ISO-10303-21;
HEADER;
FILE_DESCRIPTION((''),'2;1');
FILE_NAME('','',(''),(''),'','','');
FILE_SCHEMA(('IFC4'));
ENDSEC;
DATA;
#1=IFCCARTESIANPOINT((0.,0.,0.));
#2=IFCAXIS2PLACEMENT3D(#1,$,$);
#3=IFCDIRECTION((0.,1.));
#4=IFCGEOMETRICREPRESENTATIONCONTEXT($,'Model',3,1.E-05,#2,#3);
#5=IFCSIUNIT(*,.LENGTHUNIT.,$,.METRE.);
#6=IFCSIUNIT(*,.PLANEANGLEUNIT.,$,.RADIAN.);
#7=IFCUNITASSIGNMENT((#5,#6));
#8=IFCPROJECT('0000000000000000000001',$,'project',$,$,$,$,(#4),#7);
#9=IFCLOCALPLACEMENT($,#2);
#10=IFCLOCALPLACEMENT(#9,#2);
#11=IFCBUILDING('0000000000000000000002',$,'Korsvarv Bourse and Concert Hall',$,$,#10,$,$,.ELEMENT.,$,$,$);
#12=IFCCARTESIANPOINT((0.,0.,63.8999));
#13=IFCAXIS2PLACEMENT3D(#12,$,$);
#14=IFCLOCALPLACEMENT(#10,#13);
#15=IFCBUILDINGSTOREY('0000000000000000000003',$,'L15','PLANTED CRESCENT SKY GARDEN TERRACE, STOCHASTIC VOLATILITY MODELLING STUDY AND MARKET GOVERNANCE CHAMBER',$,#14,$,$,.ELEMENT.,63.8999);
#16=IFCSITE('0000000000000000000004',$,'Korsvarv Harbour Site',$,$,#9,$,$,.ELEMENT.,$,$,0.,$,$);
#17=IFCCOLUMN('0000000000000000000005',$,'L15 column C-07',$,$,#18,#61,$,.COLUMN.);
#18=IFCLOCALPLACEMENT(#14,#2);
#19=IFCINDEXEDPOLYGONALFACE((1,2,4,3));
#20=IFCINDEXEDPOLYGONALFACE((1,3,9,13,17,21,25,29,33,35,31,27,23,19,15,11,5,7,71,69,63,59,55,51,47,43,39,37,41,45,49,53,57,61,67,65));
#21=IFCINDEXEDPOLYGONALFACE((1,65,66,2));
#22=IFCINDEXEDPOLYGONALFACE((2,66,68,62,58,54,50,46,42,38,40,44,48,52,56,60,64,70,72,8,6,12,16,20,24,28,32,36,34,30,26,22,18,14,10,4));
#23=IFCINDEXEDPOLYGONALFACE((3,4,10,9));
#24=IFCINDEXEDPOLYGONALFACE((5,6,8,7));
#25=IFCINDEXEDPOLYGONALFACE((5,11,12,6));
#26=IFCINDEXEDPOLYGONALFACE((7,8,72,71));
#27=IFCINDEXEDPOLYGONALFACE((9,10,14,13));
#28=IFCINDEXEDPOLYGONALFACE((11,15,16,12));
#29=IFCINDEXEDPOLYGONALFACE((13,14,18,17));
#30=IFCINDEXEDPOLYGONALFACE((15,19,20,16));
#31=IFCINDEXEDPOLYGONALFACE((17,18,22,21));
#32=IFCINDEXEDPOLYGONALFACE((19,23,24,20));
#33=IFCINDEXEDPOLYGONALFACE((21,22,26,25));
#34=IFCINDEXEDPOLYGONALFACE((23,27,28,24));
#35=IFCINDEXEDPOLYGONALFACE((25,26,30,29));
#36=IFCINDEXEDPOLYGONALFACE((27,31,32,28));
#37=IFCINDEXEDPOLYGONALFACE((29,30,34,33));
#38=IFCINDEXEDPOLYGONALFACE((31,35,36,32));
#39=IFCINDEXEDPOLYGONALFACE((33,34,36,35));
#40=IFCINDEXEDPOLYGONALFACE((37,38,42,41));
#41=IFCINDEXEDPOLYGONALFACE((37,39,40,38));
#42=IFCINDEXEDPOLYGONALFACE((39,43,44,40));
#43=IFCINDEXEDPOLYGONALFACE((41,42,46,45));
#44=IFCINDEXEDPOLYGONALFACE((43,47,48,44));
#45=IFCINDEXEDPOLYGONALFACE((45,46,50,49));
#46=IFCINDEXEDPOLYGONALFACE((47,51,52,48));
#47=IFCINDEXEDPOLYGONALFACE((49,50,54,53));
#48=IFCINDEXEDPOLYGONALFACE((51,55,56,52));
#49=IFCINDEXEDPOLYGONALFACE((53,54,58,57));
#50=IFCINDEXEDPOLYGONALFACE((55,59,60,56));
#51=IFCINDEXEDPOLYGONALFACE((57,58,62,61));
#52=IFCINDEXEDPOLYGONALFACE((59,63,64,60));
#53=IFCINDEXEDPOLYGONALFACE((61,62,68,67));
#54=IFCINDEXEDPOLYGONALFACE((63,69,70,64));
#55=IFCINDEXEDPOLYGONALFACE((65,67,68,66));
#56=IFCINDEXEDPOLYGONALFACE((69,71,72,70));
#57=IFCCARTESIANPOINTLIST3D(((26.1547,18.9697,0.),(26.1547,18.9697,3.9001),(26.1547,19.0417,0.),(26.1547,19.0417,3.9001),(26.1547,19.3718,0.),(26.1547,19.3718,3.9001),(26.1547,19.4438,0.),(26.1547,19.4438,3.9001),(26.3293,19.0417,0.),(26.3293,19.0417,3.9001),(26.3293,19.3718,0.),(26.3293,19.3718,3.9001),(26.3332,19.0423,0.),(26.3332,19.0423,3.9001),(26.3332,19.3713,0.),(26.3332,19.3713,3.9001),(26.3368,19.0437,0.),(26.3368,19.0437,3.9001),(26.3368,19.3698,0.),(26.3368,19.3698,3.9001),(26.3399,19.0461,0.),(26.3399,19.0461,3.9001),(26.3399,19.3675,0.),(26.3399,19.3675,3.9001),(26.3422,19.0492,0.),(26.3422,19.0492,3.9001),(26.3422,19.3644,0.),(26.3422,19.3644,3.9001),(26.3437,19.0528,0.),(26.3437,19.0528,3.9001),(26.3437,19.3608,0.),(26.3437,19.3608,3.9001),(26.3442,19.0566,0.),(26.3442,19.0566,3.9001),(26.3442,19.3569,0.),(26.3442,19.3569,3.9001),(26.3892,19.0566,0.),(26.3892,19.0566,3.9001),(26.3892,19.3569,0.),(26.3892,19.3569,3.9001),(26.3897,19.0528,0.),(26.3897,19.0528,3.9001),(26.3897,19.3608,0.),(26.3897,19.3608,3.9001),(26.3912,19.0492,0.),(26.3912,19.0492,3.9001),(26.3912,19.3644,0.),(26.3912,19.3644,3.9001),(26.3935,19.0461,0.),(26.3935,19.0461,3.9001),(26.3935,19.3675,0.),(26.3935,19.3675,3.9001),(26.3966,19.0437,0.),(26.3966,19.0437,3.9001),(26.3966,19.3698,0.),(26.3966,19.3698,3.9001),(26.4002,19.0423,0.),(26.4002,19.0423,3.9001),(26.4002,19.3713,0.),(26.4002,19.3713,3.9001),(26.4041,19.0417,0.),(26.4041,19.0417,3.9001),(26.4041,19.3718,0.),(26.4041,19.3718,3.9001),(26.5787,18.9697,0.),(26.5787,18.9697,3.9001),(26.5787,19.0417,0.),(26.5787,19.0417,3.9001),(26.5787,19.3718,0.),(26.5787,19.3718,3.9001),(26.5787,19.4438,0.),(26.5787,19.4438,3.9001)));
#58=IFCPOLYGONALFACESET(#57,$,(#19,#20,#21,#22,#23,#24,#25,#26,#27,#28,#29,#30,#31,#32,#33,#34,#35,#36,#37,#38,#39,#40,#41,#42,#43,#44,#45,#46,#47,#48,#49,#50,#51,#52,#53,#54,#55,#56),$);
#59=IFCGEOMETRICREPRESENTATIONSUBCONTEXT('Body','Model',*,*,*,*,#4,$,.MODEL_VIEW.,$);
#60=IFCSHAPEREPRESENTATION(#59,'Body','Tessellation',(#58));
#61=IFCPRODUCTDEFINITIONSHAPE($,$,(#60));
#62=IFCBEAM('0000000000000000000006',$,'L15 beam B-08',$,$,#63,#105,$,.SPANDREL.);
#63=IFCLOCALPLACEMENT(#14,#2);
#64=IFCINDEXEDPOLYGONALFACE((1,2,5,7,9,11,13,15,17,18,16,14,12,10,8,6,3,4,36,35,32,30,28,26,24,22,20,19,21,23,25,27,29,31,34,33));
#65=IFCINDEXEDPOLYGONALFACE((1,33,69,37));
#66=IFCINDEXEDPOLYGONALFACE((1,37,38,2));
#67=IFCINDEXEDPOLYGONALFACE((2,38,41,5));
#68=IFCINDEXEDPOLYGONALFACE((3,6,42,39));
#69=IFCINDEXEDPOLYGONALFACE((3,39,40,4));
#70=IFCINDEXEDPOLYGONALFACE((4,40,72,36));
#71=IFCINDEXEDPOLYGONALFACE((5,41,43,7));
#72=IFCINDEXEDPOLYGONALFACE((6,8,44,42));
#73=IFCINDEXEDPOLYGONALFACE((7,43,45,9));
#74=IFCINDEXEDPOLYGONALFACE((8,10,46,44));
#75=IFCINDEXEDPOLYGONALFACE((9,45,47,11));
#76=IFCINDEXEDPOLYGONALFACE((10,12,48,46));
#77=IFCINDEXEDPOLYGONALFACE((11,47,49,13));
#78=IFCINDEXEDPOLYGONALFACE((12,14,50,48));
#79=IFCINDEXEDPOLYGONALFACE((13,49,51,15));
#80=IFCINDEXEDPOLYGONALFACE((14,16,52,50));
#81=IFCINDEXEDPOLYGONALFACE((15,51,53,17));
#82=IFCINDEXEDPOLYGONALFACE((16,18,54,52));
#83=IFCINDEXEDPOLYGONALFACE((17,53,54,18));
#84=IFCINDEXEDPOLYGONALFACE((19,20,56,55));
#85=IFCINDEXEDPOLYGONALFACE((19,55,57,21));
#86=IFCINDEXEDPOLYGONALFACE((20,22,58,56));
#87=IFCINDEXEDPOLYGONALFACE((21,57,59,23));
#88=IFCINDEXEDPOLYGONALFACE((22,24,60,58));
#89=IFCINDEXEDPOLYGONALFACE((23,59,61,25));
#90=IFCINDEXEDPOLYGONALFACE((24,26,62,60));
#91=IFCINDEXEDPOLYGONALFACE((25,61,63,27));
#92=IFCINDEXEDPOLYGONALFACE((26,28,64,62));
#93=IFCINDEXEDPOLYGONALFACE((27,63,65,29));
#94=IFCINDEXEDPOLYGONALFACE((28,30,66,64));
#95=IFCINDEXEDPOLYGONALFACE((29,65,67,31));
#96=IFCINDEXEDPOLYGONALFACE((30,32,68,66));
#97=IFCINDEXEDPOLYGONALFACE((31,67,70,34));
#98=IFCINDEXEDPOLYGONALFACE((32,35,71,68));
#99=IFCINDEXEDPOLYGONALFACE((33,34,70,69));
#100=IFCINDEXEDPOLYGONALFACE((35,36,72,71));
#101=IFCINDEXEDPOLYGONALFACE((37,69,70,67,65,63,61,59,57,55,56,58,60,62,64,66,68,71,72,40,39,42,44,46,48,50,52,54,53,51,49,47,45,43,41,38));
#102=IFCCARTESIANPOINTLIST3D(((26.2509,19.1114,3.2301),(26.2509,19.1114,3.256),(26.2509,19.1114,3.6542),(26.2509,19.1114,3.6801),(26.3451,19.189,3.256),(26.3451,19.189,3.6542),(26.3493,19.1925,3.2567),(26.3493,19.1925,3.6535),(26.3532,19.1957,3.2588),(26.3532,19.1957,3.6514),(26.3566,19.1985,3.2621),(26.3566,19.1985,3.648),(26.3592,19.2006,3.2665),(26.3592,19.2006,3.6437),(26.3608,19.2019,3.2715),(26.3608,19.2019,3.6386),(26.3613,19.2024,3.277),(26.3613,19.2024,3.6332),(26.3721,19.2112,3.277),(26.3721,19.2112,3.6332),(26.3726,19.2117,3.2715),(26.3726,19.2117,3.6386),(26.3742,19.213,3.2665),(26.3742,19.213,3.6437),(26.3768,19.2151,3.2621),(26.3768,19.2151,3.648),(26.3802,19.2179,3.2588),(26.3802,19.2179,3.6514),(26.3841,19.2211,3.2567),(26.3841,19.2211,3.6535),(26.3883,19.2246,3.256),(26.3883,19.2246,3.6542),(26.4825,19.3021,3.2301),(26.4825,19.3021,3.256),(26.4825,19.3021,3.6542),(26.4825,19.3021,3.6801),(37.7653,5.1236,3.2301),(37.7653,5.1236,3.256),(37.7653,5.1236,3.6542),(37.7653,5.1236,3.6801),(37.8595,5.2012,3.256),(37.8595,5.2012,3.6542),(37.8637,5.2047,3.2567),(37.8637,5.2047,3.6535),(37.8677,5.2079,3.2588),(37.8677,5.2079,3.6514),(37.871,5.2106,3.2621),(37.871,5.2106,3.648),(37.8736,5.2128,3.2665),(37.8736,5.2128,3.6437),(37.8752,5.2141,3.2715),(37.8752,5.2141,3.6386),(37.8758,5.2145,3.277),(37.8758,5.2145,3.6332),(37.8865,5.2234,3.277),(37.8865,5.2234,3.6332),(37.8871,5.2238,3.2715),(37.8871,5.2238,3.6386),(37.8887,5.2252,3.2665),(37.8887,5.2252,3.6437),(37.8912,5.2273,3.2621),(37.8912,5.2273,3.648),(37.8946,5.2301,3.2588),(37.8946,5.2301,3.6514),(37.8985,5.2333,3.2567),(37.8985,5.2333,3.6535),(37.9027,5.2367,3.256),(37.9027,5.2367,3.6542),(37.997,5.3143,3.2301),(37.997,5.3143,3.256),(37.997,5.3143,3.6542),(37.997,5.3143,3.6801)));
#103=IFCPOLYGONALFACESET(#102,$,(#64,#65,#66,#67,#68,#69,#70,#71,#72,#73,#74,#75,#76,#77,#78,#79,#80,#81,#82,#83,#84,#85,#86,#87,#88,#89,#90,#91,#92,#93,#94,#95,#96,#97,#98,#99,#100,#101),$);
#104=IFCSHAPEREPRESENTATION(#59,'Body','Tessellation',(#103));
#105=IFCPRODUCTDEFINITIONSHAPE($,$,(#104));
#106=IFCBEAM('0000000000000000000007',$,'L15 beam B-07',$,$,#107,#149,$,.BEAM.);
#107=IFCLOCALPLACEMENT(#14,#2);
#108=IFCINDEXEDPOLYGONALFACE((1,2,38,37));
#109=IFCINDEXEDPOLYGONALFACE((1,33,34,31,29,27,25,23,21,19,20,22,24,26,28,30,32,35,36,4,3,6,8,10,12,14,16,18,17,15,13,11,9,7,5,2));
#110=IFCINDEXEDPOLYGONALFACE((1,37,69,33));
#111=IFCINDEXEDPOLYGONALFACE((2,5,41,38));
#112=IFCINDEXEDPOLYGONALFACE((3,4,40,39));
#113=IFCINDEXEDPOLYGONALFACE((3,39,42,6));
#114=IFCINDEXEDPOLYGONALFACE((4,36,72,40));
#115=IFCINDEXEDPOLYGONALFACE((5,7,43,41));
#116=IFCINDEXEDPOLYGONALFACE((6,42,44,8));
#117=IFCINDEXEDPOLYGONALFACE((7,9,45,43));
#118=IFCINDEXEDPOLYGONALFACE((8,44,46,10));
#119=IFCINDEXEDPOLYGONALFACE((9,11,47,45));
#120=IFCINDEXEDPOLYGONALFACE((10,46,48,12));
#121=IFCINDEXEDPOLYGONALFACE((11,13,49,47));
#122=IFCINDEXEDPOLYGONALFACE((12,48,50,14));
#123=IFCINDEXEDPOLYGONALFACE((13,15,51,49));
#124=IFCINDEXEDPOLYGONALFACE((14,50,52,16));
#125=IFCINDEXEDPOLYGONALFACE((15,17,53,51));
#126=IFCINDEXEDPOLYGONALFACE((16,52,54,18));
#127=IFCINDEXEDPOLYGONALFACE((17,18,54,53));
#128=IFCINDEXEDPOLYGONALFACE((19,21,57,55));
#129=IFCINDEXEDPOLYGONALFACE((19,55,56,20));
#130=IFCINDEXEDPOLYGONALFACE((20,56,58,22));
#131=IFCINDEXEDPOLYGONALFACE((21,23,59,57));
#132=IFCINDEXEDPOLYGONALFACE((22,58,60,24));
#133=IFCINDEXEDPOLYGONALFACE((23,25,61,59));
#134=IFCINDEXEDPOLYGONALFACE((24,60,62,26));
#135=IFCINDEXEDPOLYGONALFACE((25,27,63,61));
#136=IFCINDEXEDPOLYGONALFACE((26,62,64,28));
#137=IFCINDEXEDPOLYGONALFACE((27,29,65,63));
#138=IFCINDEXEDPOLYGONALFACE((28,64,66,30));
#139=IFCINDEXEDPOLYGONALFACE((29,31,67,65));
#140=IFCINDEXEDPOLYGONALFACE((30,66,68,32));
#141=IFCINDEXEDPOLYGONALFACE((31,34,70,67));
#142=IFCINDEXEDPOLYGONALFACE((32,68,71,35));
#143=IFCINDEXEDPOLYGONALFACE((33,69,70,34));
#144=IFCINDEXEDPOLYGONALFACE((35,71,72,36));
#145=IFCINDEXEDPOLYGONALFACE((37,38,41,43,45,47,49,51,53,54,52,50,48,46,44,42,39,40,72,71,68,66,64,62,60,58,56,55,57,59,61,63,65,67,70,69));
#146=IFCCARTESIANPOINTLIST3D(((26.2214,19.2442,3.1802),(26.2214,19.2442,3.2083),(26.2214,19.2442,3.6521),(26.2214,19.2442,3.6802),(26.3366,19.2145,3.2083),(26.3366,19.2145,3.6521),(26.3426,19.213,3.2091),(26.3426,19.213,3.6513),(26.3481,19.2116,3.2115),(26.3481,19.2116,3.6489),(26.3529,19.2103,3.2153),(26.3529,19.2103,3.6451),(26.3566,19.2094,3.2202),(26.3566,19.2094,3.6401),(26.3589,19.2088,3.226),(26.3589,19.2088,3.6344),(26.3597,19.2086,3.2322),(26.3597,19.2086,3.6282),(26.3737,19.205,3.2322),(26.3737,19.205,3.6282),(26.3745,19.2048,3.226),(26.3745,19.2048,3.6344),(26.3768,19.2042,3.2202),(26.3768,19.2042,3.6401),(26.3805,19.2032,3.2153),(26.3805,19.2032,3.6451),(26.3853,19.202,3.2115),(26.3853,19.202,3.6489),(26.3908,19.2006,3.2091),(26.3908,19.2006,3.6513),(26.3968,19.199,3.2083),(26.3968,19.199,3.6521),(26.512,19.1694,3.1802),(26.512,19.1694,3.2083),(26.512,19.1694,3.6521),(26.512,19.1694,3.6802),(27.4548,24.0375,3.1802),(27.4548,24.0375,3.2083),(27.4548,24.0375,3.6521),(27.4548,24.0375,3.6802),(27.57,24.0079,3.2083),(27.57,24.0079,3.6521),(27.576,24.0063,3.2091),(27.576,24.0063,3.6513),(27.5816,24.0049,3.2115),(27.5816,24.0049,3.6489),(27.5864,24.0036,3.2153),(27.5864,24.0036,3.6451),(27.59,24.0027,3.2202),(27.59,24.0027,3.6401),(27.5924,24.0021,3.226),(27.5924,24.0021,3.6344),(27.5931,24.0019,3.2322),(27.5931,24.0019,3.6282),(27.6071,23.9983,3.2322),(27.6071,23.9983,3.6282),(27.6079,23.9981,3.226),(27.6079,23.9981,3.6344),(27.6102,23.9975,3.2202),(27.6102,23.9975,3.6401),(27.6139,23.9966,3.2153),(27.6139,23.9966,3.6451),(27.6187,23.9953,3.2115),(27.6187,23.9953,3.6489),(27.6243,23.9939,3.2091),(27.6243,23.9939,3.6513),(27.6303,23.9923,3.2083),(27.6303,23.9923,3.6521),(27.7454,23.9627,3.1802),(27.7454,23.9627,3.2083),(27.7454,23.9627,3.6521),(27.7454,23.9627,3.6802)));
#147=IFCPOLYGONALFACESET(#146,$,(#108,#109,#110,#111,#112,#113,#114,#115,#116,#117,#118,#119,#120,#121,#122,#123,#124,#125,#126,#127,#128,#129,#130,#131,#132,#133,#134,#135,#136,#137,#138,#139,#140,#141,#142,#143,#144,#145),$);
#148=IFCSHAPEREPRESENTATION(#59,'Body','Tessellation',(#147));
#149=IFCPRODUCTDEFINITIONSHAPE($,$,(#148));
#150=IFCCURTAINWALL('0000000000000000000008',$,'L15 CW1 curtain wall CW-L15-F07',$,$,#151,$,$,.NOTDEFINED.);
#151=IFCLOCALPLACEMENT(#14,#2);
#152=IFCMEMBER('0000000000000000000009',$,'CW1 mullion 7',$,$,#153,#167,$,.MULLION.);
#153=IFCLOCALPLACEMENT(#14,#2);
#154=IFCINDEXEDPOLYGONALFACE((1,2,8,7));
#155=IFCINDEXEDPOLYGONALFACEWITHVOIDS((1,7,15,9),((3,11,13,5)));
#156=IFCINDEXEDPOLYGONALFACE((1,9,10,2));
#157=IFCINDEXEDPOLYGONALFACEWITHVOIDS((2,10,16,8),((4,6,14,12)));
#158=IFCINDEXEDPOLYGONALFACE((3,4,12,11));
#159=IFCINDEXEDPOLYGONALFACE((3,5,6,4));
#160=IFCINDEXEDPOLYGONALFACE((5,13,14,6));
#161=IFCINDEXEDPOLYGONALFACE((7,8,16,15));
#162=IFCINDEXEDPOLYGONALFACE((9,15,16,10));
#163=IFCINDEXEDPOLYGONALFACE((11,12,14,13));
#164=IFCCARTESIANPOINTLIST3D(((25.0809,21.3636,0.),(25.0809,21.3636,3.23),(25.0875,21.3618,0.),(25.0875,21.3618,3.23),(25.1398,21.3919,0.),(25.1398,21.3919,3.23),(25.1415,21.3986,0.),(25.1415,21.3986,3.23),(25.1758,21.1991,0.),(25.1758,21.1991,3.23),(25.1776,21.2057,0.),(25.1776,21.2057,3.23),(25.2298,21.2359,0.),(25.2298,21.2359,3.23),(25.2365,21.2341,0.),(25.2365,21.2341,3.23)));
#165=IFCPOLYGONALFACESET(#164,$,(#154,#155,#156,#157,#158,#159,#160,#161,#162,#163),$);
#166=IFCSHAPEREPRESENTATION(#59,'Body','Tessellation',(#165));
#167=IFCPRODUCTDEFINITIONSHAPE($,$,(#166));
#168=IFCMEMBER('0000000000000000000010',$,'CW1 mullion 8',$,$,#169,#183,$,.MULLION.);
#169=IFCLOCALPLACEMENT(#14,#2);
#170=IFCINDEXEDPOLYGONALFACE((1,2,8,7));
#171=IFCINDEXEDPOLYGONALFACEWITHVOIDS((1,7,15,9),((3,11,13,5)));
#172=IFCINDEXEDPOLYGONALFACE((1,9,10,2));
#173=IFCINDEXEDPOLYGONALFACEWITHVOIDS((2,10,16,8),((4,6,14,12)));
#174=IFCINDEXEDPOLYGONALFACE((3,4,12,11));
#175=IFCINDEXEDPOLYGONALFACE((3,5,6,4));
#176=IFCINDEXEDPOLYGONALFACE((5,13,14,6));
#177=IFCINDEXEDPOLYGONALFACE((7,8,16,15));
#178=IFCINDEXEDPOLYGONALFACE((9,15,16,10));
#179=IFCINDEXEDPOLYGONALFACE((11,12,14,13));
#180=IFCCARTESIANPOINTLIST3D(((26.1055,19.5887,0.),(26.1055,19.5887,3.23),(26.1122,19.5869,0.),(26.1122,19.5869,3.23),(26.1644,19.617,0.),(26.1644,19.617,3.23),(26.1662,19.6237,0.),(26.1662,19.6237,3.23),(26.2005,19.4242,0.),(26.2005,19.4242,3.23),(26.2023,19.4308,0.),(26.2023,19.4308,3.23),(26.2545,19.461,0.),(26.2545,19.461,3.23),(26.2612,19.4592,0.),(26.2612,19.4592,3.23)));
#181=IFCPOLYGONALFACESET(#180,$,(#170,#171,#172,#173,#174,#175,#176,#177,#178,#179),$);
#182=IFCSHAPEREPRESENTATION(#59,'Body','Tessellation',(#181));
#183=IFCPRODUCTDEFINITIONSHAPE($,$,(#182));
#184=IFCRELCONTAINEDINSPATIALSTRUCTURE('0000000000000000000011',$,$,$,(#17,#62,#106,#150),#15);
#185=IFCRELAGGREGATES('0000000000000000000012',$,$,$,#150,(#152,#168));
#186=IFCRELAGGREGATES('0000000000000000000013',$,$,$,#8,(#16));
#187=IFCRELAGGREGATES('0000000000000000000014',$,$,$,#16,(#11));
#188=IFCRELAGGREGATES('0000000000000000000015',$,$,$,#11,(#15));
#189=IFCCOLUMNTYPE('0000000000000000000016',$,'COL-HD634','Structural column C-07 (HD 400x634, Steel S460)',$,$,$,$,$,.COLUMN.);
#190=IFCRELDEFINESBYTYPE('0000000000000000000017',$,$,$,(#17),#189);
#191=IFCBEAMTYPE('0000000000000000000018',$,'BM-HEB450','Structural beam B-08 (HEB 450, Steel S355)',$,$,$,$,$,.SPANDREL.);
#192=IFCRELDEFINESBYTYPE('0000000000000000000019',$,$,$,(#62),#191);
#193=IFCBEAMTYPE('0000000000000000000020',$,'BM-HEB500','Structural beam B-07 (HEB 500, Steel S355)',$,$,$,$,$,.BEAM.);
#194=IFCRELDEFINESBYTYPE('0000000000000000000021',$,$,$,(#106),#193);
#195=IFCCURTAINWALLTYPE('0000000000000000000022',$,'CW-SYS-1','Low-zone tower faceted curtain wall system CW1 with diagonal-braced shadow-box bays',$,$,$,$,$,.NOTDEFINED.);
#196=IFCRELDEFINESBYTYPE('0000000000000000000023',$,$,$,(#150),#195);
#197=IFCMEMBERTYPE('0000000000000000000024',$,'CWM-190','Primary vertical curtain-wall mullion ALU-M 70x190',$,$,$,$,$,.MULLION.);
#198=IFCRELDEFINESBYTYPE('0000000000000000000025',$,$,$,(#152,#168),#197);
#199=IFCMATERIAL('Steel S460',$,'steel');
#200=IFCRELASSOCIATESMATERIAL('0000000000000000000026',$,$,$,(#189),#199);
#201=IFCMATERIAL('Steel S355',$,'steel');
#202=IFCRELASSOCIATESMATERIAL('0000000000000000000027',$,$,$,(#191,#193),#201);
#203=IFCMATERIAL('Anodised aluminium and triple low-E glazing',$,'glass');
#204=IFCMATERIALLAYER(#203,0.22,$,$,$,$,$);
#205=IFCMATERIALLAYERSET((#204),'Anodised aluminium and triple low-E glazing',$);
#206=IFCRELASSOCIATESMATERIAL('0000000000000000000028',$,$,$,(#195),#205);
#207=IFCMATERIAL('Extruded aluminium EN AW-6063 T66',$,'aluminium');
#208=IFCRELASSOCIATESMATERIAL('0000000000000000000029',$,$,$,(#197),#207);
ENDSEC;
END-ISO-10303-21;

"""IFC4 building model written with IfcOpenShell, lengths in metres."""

from ifc_helpers import new_model, si_unit, direction, frame, origin, origin_2d, place, context, subcontext, project, spatial, hollow_rectangle, i_section, extrude, source, transform, mapped, material, layer, layer_set, material_profile, profile_set, type_object, element, aggregate, save


model = new_model("IFC4")

# Units and contexts
model_context = context("Model", 3, precision=1e-05, world=origin(), true_north=direction((0.0, 1.0)))
body_context = subcontext(model_context, "Body", "Model", "MODEL_VIEW")
ifc_project = project(units=[si_unit("LENGTHUNIT", "METRE"), si_unit("PLANEANGLEUNIT", "RADIAN")], contexts=[model_context])

# Site, building, storey
site_placement = place(None, origin())
site = spatial("IfcSite", under=ifc_project, at=site_placement, Name="Korsvarv Harbour Site", CompositionType="ELEMENT", RefElevation=0.0)
building_placement = place(site_placement, origin())
building = spatial("IfcBuilding", under=site, at=building_placement, Name="Korsvarv Bourse and Concert Hall", CompositionType="ELEMENT")
storey_placement = place(building_placement, frame((0.0, 0.0, 63.8999)))
storey = spatial("IfcBuildingStorey", under=building, at=storey_placement, Name="L15", Description="PLANTED CRESCENT SKY GARDEN TERRACE, STOCHASTIC VOLATILITY MODELLING STUDY AND MARKET GOVERNANCE CHAMBER", CompositionType="ELEMENT", Elevation=63.8999)

# Column
ifc_material_1 = material(Name="Steel S460", Category="steel")
ifc_material_profile_1 = material_profile(ifc_material_1, i_section(OverallWidth=0.4241, OverallDepth=0.4741, WebThickness=0.0449, FlangeThickness=0.072, FilletRadius=0.0149, at=origin_2d()), Name="HD 400x634")
ifc_profile_set_1 = profile_set([ifc_material_profile_1], Name="Steel S460")
column_type = type_object("IfcColumnType", Name="COL-HD634", Description="Structural column C-07 (HD 400x634, Steel S460)", PredefinedType="COLUMN", material=ifc_profile_set_1)
shared_shape_1 = source(origin(), body_context, "Body", "SweptSolid", [
    extrude(i_section(OverallWidth=0.4241, OverallDepth=0.4741, WebThickness=0.0449, FlangeThickness=0.072, FilletRadius=0.0149, at=origin_2d()), origin(), (0.0, 0.0, 1.0), 3.9001),
])
column_placement = place(storey_placement, frame((26.3667, 19.2068, 0.0), z_axis=(0.0, 0.0, 1.0), x_axis=(1.0, 0.0, 0.0)))
element("IfcColumn", 1, at=column_placement, inside=storey, type_object=column_type, Name="L15 column C-07", PredefinedType="COLUMN", context=body_context, shape_type="MappedRepresentation", body=[
    mapped(shared_shape_1, transform((0.0, 0.0, 0.0), scale=1.0)),
])

# Beams
ifc_material_2 = material(Name="Steel S355", Category="steel")
ifc_material_profile_2 = material_profile(ifc_material_2, i_section(OverallWidth=0.3, OverallDepth=0.45, WebThickness=0.0139, FlangeThickness=0.0259, FilletRadius=0.021, at=origin_2d()), Name="HEB 450")
ifc_profile_set_2 = profile_set([ifc_material_profile_2], Name="Steel S355")
beam_type_1 = type_object("IfcBeamType", Name="BM-HEB450", Description="Structural beam B-08 (HEB 450, Steel S355)", PredefinedType="SPANDREL", material=ifc_profile_set_2)
shared_shape_2 = source(origin(), body_context, "Body", "SweptSolid", [
    extrude(i_section(OverallWidth=0.3, OverallDepth=0.45, WebThickness=0.0139, FlangeThickness=0.0259, FilletRadius=0.021, at=origin_2d()), origin(), (0.0, 0.0, 1.0), 18.1174),
])
beam_1_placement = place(storey_placement, frame((26.3667, 19.2068, 3.4551), z_axis=(0.635544, -0.772064, 0.0), x_axis=(0.772064, 0.635544, 0.0)))
element("IfcBeam", 2, at=beam_1_placement, inside=storey, type_object=beam_type_1, Name="L15 beam B-08", PredefinedType="SPANDREL", context=body_context, shape_type="MappedRepresentation", body=[
    mapped(shared_shape_2, transform((0.0, 0.0, 0.0), scale=1.0)),
])
ifc_material_profile_3 = material_profile(ifc_material_2, i_section(OverallWidth=0.3, OverallDepth=0.5, WebThickness=0.0144, FlangeThickness=0.0281, FilletRadius=0.0239, at=origin_2d()), Name="HEB 500")
ifc_profile_set_3 = profile_set([ifc_material_profile_3], Name="Steel S355")
beam_type_2 = type_object("IfcBeamType", Name="BM-HEB500", Description="Structural beam B-07 (HEB 500, Steel S355)", PredefinedType="BEAM", material=ifc_profile_set_3)
shared_shape_3 = source(origin(), body_context, "Body", "SweptSolid", [
    extrude(i_section(OverallWidth=0.3, OverallDepth=0.5, WebThickness=0.0144, FlangeThickness=0.0281, FilletRadius=0.0239, at=origin_2d()), origin(), (0.0, 0.0, 1.0), 4.9495),
])
beam_2_placement = place(storey_placement, frame((26.3667, 19.2068, 3.4302), z_axis=(0.249204, 0.968451, 0.0), x_axis=(-0.968451, 0.249204, 0.0)))
element("IfcBeam", 3, at=beam_2_placement, inside=storey, type_object=beam_type_2, Name="L15 beam B-07", PredefinedType="BEAM", context=body_context, shape_type="MappedRepresentation", body=[
    mapped(shared_shape_3, transform((0.0, 0.0, 0.0), scale=1.0)),
])

# Curtain wall, members
ifc_material_3 = material(Name="Anodised aluminium and triple low-E glazing", Category="glass")
ifc_layer_1 = layer(ifc_material_3, 0.22)
ifc_layer_set_1 = layer_set([ifc_layer_1], Name="Anodised aluminium and triple low-E glazing")
curtain_wall_type = type_object("IfcCurtainWallType", Name="CW-SYS-1", Description="Low-zone tower faceted curtain wall system CW1 with diagonal-braced shadow-box bays", PredefinedType="NOTDEFINED", material=ifc_layer_set_1)
curtain_wall_placement = place(storey_placement, origin())
curtain_wall = element("IfcCurtainWall", 4, at=curtain_wall_placement, inside=storey, type_object=curtain_wall_type, Name="L15 CW1 curtain wall CW-L15-F07", PredefinedType="NOTDEFINED")
ifc_material_4 = material(Name="Extruded aluminium EN AW-6063 T66", Category="aluminium")
ifc_material_profile_4 = material_profile(ifc_material_4, hollow_rectangle(XDim=0.0701, YDim=0.1899, WallThickness=0.0049, at=origin_2d()), Name="ALU-M 70x190")
ifc_profile_set_4 = profile_set([ifc_material_profile_4], Name="Extruded aluminium EN AW-6063 T66")
member_type_1 = type_object("IfcMemberType", Name="CWM-190", Description="Primary vertical curtain-wall mullion ALU-M 70x190", PredefinedType="MULLION", material=ifc_profile_set_4)
shared_shape_4 = source(origin(), body_context, "Body", "SweptSolid", [
    extrude(hollow_rectangle(XDim=0.0701, YDim=0.1899, WallThickness=0.0049, at=origin_2d()), origin(), (0.0, 0.0, 1.0), 3.23),
])
member_1_placement = place(storey_placement, frame((25.1587, 21.2988, 0.0), z_axis=(0.0, 0.0, 1.0), x_axis=(0.866022, 0.500006, 0.0)))
member_1 = element("IfcMember", 5, at=member_1_placement, type_object=member_type_1, Name="CW1 mullion 7", PredefinedType="MULLION", context=body_context, shape_type="MappedRepresentation", body=[
    mapped(shared_shape_4, transform((0.0, 0.0, 0.0), scale=1.0)),
])
member_2_placement = place(storey_placement, frame((26.1833, 19.5239, 0.0), z_axis=(0.0, 0.0, 1.0), x_axis=(0.866022, 0.500006, 0.0)))
member_2 = element("IfcMember", 6, at=member_2_placement, type_object=member_type_1, Name="CW1 mullion 8", PredefinedType="MULLION", context=body_context, shape_type="MappedRepresentation", body=[
    mapped(shared_shape_4, transform((0.0, 0.0, 0.0), scale=1.0)),
])
aggregate(curtain_wall, [member_1, member_2])

save(model, "model.ifc")
